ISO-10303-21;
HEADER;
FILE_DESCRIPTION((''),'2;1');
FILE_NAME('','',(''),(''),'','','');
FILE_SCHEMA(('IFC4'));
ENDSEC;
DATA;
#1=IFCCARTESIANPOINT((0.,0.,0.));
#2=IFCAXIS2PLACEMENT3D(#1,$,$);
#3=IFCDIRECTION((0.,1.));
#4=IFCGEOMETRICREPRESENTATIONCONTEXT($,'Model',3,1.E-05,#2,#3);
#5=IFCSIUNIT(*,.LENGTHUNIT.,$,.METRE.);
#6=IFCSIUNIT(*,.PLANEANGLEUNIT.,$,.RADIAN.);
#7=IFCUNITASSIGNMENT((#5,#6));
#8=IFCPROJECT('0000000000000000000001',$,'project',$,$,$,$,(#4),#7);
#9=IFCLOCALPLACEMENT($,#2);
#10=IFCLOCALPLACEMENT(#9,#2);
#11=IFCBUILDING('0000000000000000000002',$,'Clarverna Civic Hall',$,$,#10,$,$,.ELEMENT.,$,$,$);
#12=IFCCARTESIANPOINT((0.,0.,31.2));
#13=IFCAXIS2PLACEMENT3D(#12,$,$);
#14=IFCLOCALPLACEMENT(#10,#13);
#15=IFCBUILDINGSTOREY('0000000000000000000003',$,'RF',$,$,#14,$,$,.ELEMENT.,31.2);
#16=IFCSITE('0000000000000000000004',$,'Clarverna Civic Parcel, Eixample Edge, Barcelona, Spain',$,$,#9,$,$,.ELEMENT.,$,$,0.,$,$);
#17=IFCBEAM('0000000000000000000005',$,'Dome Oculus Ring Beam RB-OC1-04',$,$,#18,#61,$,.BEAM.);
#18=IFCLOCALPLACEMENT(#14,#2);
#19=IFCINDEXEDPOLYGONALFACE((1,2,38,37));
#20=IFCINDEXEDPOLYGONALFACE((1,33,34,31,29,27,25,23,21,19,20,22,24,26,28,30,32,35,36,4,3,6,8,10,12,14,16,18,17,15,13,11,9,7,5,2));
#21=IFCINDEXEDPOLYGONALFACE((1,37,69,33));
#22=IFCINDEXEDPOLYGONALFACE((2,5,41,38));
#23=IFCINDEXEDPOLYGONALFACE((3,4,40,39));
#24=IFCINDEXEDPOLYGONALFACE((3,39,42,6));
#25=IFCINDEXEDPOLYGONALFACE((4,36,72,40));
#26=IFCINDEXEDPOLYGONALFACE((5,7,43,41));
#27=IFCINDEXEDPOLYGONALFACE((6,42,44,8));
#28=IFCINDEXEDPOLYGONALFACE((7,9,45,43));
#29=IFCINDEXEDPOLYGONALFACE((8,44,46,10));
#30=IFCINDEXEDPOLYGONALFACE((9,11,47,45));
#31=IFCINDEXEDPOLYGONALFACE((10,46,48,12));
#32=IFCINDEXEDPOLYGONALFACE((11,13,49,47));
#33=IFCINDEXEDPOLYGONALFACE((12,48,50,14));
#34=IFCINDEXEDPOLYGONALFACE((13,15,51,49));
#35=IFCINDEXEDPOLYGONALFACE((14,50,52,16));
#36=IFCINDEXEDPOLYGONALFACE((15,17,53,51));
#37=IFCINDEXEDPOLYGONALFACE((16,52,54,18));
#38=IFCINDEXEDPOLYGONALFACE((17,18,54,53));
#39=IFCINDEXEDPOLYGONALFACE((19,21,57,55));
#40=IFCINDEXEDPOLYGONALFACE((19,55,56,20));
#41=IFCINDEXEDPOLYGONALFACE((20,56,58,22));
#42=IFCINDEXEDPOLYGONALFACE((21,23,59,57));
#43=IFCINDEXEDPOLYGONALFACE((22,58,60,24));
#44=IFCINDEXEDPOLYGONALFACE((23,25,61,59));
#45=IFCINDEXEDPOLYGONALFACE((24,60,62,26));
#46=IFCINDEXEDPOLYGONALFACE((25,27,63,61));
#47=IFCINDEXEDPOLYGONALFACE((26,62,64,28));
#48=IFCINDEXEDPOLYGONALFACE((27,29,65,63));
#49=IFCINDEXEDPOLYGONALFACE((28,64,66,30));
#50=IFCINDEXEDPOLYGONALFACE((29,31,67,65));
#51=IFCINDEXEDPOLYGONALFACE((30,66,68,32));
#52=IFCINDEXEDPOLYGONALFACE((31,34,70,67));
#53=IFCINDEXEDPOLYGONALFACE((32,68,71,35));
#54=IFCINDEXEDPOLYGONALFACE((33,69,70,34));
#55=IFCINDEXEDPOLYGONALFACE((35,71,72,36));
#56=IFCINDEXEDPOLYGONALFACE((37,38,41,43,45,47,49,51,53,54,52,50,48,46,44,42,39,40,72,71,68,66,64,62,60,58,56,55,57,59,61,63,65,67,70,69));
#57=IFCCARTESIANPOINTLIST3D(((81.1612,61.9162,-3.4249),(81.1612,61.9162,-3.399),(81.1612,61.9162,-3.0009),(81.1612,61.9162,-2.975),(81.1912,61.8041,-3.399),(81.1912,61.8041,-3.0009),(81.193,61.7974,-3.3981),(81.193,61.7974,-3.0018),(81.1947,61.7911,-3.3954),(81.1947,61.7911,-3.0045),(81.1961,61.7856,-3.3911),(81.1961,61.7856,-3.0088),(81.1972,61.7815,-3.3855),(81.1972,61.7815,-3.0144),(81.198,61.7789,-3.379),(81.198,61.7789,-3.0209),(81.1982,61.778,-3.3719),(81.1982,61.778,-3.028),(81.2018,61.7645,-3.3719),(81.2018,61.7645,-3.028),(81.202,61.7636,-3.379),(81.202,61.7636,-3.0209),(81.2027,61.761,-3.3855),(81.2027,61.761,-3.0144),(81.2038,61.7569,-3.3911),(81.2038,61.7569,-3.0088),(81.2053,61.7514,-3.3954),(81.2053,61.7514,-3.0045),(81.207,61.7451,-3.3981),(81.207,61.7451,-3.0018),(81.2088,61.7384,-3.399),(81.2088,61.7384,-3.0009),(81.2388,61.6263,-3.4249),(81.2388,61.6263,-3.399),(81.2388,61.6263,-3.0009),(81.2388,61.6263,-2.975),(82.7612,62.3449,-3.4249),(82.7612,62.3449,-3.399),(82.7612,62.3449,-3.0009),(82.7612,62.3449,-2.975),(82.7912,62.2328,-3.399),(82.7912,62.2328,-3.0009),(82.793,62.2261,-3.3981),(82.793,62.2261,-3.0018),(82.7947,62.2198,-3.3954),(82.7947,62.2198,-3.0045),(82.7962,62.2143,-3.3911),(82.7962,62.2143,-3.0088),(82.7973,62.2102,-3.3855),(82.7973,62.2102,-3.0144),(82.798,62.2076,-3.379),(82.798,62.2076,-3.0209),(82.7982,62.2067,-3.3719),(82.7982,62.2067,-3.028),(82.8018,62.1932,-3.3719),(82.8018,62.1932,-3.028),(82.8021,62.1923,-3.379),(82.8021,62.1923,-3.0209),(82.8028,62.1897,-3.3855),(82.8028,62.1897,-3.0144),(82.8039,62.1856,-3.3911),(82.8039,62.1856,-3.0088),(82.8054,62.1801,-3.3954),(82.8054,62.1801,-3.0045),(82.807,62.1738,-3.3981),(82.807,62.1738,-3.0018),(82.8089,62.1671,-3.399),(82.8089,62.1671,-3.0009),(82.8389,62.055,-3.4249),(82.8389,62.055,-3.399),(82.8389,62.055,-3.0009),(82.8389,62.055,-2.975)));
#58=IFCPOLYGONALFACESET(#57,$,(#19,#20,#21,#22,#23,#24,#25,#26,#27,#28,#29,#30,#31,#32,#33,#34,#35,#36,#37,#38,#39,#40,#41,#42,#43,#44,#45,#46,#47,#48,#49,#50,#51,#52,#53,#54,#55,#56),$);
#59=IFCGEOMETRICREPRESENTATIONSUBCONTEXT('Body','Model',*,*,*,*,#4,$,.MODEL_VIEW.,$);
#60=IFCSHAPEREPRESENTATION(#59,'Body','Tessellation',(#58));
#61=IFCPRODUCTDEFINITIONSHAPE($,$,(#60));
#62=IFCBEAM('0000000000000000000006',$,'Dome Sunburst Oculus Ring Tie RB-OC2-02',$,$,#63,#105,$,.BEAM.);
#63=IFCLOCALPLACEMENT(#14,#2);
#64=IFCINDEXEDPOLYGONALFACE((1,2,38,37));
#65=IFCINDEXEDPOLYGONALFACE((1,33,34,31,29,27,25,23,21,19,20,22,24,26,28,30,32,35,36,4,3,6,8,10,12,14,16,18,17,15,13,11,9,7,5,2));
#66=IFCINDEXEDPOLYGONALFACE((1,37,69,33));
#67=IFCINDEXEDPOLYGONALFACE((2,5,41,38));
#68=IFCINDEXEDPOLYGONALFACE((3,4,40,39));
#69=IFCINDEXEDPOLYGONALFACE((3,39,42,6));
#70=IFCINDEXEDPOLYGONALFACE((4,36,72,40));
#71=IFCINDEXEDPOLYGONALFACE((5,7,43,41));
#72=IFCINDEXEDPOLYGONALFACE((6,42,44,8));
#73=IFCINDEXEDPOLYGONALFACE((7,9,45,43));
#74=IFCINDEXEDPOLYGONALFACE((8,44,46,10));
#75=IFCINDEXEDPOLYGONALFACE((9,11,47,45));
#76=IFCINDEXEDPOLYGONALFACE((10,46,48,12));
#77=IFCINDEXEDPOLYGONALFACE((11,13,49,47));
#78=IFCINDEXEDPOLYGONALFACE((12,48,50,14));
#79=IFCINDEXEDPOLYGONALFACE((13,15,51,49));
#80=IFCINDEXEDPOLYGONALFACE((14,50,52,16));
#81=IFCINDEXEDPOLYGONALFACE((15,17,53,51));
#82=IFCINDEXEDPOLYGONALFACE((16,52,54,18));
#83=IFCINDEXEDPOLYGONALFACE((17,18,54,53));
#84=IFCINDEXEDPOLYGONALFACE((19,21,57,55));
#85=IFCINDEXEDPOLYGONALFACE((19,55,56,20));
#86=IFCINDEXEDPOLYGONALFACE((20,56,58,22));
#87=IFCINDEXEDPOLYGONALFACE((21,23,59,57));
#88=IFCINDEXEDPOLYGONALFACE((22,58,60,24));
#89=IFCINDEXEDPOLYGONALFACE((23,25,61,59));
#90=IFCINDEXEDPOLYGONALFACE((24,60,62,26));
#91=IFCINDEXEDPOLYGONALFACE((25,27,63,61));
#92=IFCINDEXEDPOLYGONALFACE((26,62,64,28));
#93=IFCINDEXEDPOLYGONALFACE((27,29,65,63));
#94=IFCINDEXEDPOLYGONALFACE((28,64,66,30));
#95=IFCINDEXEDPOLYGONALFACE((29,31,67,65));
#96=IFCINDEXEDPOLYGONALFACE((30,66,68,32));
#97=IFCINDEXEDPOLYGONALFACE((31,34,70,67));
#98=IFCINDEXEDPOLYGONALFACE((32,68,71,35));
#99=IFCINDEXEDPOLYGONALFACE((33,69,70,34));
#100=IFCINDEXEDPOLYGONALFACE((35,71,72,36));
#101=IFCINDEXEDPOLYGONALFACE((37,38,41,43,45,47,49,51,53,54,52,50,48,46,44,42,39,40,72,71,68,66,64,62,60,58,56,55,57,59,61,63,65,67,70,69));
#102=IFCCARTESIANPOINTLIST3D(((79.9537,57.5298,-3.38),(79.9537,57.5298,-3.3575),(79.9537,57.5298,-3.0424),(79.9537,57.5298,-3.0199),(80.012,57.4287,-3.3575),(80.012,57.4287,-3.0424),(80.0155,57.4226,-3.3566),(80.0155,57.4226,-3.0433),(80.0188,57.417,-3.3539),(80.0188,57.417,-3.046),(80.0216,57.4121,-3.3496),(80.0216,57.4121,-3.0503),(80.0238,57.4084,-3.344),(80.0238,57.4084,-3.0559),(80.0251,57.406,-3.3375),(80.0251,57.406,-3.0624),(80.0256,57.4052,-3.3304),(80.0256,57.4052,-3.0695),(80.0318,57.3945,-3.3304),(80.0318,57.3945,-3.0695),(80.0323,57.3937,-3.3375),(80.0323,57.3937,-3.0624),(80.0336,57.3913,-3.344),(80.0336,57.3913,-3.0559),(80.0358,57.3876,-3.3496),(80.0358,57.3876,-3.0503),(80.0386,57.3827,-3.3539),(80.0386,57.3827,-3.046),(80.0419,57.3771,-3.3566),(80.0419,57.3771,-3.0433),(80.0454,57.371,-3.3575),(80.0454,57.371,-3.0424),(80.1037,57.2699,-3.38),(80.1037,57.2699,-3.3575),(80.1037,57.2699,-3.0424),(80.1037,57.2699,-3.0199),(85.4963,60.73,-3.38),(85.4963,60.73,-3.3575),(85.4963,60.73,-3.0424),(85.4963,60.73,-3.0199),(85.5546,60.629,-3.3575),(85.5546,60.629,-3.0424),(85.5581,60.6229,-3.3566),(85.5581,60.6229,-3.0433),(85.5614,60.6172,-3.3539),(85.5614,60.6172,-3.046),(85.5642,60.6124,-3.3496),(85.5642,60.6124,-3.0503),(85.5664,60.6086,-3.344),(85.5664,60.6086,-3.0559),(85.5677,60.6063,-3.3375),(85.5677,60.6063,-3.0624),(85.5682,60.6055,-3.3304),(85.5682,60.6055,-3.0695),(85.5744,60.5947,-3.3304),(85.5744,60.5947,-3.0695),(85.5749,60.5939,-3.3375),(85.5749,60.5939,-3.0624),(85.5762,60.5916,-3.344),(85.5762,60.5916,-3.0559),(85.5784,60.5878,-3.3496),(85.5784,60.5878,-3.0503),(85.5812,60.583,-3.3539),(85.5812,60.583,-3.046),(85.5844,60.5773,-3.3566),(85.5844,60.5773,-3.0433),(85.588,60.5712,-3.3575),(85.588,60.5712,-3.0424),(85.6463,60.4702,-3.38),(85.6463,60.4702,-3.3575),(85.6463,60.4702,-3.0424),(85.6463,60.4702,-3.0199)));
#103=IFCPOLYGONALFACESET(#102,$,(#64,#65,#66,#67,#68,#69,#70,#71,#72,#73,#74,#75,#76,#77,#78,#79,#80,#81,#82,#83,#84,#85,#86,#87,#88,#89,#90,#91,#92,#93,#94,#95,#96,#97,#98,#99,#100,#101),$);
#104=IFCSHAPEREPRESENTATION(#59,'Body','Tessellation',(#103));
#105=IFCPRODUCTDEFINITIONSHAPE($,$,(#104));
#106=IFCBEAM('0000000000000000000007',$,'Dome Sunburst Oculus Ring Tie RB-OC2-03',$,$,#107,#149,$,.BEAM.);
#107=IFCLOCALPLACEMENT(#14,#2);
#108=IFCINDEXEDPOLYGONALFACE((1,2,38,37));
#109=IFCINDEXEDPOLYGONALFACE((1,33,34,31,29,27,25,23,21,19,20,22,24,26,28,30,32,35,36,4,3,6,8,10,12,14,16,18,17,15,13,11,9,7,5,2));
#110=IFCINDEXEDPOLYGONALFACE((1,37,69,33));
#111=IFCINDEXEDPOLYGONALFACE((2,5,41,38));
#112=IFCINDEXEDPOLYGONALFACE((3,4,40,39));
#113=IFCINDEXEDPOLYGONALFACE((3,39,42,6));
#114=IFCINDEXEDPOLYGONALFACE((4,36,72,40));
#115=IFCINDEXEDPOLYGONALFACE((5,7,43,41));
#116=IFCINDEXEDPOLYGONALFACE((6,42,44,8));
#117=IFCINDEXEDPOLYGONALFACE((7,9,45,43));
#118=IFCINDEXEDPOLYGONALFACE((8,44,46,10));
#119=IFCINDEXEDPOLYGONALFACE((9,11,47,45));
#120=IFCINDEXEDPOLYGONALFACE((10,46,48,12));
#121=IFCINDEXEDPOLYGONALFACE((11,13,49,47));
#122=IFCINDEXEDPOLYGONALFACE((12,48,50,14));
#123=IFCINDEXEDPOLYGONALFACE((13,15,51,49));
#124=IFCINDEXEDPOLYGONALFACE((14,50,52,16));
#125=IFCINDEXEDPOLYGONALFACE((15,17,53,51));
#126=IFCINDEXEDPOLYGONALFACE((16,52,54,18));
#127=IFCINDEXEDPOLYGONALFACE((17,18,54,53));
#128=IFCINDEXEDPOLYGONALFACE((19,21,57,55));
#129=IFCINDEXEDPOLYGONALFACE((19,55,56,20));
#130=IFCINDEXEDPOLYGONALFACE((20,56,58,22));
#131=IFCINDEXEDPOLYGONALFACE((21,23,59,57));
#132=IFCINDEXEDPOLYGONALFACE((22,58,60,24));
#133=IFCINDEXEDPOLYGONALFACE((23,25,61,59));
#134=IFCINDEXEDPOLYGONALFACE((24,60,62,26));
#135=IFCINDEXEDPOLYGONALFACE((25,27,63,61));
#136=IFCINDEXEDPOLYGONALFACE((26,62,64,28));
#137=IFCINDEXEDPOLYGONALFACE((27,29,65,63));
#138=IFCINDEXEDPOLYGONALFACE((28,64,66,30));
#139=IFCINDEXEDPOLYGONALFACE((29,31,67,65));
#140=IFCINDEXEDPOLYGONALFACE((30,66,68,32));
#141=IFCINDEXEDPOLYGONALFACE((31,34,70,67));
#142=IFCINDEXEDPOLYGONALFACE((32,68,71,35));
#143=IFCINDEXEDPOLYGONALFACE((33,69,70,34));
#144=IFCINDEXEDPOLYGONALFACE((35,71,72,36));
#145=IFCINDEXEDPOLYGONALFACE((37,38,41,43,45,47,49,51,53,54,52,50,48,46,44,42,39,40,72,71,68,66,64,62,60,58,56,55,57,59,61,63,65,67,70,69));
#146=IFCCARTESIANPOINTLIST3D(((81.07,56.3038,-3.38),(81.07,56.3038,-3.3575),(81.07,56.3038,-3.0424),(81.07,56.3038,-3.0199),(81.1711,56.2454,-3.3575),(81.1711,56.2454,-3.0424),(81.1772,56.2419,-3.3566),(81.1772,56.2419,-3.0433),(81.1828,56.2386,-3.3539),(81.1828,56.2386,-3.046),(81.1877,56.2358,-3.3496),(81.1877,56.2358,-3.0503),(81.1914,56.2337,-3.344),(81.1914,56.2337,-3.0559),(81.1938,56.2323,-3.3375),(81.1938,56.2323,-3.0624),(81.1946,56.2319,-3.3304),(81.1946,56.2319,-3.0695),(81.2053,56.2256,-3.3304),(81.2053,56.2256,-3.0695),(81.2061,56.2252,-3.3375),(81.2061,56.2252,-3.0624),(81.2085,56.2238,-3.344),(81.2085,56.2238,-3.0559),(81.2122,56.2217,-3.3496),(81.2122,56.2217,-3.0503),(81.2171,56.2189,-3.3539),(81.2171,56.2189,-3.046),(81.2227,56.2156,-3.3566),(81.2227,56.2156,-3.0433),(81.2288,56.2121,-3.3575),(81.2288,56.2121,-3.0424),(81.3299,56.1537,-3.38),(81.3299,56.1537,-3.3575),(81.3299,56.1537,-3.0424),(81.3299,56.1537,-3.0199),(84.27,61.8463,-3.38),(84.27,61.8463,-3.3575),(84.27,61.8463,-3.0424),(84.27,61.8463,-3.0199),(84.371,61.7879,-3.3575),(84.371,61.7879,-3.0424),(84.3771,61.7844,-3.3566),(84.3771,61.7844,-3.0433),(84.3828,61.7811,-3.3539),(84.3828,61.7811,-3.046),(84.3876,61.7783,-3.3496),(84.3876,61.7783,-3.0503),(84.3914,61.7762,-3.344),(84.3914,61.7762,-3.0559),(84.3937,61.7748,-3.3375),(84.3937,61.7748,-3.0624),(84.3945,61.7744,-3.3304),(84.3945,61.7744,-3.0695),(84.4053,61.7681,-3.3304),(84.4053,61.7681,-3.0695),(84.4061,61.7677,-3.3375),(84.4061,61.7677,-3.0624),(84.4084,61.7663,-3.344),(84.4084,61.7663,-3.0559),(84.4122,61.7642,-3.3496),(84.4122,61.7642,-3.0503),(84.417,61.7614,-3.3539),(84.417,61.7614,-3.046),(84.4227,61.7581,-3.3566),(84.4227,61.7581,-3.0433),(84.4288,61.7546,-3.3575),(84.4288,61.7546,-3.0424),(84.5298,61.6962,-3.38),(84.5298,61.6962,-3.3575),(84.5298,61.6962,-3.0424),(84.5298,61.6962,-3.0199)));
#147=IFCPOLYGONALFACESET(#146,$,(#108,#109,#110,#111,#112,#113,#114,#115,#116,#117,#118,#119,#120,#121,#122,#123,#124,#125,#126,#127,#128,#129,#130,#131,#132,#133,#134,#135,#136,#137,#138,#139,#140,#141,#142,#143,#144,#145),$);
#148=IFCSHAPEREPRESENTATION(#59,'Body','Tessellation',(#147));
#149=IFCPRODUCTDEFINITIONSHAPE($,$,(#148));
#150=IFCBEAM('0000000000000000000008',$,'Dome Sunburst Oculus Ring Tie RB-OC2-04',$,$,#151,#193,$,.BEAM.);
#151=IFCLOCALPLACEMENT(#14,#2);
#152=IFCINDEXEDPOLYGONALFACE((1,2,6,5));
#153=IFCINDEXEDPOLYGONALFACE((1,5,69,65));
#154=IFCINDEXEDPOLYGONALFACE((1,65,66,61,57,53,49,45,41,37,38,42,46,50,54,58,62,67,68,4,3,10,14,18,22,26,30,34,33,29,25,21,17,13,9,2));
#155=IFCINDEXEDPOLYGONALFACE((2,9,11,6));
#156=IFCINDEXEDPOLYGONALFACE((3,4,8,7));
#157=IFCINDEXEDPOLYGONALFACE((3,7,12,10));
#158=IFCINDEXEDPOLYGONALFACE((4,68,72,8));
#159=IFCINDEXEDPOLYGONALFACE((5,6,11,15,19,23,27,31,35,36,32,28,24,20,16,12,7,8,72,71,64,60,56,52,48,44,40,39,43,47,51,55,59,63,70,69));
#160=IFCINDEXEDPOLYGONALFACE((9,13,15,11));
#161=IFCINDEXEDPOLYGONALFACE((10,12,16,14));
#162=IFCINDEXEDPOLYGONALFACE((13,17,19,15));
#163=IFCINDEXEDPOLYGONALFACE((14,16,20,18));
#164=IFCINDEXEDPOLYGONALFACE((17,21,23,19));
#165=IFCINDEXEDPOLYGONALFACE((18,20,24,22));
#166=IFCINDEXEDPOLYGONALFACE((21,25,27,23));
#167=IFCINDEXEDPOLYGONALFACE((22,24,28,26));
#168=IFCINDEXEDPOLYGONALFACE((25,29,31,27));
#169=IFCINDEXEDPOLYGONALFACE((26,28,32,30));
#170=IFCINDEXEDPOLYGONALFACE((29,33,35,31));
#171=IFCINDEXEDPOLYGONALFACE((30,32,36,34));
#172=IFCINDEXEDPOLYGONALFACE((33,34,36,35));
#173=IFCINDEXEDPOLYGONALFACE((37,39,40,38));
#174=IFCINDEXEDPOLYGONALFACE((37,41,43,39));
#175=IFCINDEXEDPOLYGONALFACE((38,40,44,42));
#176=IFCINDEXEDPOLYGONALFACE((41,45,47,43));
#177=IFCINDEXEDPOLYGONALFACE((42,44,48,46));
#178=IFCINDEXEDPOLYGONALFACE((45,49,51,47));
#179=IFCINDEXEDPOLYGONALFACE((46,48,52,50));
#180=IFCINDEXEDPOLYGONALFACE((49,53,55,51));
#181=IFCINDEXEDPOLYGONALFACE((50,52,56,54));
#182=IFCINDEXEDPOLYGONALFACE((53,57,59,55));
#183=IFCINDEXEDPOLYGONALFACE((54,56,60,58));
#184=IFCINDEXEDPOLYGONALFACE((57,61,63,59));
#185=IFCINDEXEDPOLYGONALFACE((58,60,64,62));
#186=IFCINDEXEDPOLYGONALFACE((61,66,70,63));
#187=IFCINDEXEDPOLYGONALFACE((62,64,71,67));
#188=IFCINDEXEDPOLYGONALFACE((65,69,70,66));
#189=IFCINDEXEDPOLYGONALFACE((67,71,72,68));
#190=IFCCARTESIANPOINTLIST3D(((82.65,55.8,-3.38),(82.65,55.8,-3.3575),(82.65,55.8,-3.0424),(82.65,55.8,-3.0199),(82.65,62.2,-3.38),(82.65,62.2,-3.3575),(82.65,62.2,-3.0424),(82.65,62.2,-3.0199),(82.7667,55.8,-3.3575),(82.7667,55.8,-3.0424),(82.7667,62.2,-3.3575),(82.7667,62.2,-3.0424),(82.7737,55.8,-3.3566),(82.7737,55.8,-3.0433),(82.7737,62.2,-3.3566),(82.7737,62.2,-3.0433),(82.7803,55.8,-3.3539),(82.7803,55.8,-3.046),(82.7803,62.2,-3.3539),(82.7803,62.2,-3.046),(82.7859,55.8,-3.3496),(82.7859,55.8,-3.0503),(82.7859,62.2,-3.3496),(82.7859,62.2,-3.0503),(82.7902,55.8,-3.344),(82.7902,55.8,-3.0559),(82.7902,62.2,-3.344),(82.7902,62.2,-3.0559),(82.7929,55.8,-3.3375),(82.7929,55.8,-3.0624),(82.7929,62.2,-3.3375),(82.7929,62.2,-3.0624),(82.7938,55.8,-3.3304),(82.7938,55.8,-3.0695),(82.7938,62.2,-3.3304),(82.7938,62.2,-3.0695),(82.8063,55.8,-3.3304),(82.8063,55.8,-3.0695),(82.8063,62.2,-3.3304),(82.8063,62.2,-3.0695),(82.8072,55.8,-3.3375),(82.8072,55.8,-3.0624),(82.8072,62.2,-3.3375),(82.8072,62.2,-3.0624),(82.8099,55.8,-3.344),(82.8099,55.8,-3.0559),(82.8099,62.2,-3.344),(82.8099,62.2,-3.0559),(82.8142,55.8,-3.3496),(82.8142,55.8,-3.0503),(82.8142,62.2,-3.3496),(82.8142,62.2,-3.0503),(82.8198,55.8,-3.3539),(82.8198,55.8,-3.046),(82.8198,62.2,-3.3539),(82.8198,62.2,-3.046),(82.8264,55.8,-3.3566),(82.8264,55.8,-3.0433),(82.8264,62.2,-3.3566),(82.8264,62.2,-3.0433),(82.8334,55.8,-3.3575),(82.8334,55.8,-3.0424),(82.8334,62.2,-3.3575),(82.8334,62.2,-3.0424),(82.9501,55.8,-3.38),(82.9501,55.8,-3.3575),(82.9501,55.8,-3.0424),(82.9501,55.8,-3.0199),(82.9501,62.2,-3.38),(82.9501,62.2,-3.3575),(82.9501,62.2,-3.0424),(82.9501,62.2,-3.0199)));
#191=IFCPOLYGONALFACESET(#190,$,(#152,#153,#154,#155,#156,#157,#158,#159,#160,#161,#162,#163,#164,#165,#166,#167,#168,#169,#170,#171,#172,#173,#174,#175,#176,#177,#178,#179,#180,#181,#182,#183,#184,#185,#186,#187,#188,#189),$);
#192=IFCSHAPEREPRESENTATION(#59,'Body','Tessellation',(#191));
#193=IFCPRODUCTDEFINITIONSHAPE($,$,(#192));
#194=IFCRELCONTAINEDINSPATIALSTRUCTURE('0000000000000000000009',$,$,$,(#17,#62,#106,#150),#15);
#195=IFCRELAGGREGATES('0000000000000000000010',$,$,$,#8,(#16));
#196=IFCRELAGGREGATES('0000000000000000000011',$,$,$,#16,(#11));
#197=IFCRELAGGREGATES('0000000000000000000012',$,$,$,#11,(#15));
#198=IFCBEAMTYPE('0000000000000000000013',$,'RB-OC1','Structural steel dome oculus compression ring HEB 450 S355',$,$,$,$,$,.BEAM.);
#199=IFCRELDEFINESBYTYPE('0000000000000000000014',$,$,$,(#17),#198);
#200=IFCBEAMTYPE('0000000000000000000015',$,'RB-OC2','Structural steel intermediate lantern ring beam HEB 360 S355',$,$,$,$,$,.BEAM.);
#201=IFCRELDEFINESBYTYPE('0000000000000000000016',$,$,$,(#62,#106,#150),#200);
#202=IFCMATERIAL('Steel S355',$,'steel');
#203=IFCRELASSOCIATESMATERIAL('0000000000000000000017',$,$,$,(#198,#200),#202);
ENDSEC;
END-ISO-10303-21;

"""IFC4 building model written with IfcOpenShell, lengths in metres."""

from ifc_helpers import new_model, si_unit, direction, frame, origin, origin_2d, place, context, subcontext, project, spatial, i_section, extrude, material, material_profile, profile_set, type_object, element, save


model = new_model("IFC4")

# Units and contexts
model_context = context("Model", 3, precision=1e-05, world=origin(), true_north=direction((0.0, 1.0)))
body_context = subcontext(model_context, "Body", "Model", "MODEL_VIEW")
ifc_project = project(units=[si_unit("LENGTHUNIT", "METRE"), si_unit("PLANEANGLEUNIT", "RADIAN")], contexts=[model_context])

# Site, building, storey
site_placement = place(None, origin())
site = spatial("IfcSite", under=ifc_project, at=site_placement, Name="Clarverna Civic Parcel, Eixample Edge, Barcelona, Spain", CompositionType="ELEMENT", RefElevation=0.0)
building_placement = place(site_placement, origin())
building = spatial("IfcBuilding", under=site, at=building_placement, Name="Clarverna Civic Hall", CompositionType="ELEMENT")
storey_placement = place(building_placement, frame((0.0, 0.0, 31.2)))
storey = spatial("IfcBuildingStorey", under=building, at=storey_placement, Name="RF", CompositionType="ELEMENT", Elevation=31.2)

# Shared definitions
ifc_material_1 = material(Name="Steel S355", Category="steel")

# Beams
ifc_material_profile_1 = material_profile(ifc_material_1, i_section(OverallWidth=0.3, OverallDepth=0.45, WebThickness=0.0139, FlangeThickness=0.0259, FilletRadius=0.0271, at=origin_2d()), Name="HEB 450")
ifc_profile_set_1 = profile_set([ifc_material_profile_1], Name="Steel S355")
beam_type_1 = type_object("IfcBeamType", Name="RB-OC1", Description="Structural steel dome oculus compression ring HEB 450 S355", PredefinedType="BEAM", material=ifc_profile_set_1)
beam_1_placement = place(storey_placement, frame((82.8, 62.2, -3.2), z_axis=(-0.965931, -0.2588, 0.0), x_axis=(0.2588, -0.965931, 0.0)))
element("IfcBeam", 1, at=beam_1_placement, inside=storey, type_object=beam_type_1, Name="Dome Oculus Ring Beam RB-OC1-04", PredefinedType="BEAM", context=body_context, shape_type="SweptSolid", body=[
    extrude(i_section(OverallWidth=0.3, OverallDepth=0.45, WebThickness=0.0139, FlangeThickness=0.0259, FilletRadius=0.0271, at=origin_2d()), origin(), (0.0, 0.0, 1.0), 1.6565),
])
ifc_material_profile_2 = material_profile(ifc_material_1, i_section(OverallWidth=0.3, OverallDepth=0.3601, WebThickness=0.0125, FlangeThickness=0.0225, FilletRadius=0.0271, at=origin_2d()), Name="HEB 360")
ifc_profile_set_2 = profile_set([ifc_material_profile_2], Name="Steel S355")
beam_type_2 = type_object("IfcBeamType", Name="RB-OC2", Description="Structural steel intermediate lantern ring beam HEB 360 S355", PredefinedType="BEAM", material=ifc_profile_set_2)
beam_2_placement = place(storey_placement, frame((85.5713, 60.6001, -3.2), z_axis=(-0.866009, -0.500028, 0.0), x_axis=(0.500028, -0.866009, 0.0)))
element("IfcBeam", 2, at=beam_2_placement, inside=storey, type_object=beam_type_2, Name="Dome Sunburst Oculus Ring Tie RB-OC2-02", PredefinedType="BEAM", context=body_context, shape_type="SweptSolid", body=[
    extrude(i_section(OverallWidth=0.3, OverallDepth=0.3601, WebThickness=0.0125, FlangeThickness=0.0225, FilletRadius=0.0271, at=origin_2d()), origin(), (0.0, 0.0, 1.0), 6.4001),
])
for number, where, z_axis, x_axis, name in (
    (3, (84.3999, 61.7712, -3.2), (-0.5, -0.866025, 0.0), (0.866025, -0.5, 0.0), "Dome Sunburst Oculus Ring Tie RB-OC2-03"),
    (4, (82.8, 62.2, -3.2), (0.0, -1.0, 0.0), (1.0, 0.0, 0.0), "Dome Sunburst Oculus Ring Tie RB-OC2-04"),
):
    element("IfcBeam", number, at=place(storey_placement, frame(where, z_axis=z_axis, x_axis=x_axis)), inside=storey, type_object=beam_type_2, Name=name, PredefinedType="BEAM", context=body_context, shape_type="SweptSolid", body=[
        extrude(i_section(OverallWidth=0.3, OverallDepth=0.3601, WebThickness=0.0125, FlangeThickness=0.0225, FilletRadius=0.0271, at=origin_2d()), origin(), (0.0, 0.0, 1.0), 6.3999),
    ])

save(model, "model.ifc")
